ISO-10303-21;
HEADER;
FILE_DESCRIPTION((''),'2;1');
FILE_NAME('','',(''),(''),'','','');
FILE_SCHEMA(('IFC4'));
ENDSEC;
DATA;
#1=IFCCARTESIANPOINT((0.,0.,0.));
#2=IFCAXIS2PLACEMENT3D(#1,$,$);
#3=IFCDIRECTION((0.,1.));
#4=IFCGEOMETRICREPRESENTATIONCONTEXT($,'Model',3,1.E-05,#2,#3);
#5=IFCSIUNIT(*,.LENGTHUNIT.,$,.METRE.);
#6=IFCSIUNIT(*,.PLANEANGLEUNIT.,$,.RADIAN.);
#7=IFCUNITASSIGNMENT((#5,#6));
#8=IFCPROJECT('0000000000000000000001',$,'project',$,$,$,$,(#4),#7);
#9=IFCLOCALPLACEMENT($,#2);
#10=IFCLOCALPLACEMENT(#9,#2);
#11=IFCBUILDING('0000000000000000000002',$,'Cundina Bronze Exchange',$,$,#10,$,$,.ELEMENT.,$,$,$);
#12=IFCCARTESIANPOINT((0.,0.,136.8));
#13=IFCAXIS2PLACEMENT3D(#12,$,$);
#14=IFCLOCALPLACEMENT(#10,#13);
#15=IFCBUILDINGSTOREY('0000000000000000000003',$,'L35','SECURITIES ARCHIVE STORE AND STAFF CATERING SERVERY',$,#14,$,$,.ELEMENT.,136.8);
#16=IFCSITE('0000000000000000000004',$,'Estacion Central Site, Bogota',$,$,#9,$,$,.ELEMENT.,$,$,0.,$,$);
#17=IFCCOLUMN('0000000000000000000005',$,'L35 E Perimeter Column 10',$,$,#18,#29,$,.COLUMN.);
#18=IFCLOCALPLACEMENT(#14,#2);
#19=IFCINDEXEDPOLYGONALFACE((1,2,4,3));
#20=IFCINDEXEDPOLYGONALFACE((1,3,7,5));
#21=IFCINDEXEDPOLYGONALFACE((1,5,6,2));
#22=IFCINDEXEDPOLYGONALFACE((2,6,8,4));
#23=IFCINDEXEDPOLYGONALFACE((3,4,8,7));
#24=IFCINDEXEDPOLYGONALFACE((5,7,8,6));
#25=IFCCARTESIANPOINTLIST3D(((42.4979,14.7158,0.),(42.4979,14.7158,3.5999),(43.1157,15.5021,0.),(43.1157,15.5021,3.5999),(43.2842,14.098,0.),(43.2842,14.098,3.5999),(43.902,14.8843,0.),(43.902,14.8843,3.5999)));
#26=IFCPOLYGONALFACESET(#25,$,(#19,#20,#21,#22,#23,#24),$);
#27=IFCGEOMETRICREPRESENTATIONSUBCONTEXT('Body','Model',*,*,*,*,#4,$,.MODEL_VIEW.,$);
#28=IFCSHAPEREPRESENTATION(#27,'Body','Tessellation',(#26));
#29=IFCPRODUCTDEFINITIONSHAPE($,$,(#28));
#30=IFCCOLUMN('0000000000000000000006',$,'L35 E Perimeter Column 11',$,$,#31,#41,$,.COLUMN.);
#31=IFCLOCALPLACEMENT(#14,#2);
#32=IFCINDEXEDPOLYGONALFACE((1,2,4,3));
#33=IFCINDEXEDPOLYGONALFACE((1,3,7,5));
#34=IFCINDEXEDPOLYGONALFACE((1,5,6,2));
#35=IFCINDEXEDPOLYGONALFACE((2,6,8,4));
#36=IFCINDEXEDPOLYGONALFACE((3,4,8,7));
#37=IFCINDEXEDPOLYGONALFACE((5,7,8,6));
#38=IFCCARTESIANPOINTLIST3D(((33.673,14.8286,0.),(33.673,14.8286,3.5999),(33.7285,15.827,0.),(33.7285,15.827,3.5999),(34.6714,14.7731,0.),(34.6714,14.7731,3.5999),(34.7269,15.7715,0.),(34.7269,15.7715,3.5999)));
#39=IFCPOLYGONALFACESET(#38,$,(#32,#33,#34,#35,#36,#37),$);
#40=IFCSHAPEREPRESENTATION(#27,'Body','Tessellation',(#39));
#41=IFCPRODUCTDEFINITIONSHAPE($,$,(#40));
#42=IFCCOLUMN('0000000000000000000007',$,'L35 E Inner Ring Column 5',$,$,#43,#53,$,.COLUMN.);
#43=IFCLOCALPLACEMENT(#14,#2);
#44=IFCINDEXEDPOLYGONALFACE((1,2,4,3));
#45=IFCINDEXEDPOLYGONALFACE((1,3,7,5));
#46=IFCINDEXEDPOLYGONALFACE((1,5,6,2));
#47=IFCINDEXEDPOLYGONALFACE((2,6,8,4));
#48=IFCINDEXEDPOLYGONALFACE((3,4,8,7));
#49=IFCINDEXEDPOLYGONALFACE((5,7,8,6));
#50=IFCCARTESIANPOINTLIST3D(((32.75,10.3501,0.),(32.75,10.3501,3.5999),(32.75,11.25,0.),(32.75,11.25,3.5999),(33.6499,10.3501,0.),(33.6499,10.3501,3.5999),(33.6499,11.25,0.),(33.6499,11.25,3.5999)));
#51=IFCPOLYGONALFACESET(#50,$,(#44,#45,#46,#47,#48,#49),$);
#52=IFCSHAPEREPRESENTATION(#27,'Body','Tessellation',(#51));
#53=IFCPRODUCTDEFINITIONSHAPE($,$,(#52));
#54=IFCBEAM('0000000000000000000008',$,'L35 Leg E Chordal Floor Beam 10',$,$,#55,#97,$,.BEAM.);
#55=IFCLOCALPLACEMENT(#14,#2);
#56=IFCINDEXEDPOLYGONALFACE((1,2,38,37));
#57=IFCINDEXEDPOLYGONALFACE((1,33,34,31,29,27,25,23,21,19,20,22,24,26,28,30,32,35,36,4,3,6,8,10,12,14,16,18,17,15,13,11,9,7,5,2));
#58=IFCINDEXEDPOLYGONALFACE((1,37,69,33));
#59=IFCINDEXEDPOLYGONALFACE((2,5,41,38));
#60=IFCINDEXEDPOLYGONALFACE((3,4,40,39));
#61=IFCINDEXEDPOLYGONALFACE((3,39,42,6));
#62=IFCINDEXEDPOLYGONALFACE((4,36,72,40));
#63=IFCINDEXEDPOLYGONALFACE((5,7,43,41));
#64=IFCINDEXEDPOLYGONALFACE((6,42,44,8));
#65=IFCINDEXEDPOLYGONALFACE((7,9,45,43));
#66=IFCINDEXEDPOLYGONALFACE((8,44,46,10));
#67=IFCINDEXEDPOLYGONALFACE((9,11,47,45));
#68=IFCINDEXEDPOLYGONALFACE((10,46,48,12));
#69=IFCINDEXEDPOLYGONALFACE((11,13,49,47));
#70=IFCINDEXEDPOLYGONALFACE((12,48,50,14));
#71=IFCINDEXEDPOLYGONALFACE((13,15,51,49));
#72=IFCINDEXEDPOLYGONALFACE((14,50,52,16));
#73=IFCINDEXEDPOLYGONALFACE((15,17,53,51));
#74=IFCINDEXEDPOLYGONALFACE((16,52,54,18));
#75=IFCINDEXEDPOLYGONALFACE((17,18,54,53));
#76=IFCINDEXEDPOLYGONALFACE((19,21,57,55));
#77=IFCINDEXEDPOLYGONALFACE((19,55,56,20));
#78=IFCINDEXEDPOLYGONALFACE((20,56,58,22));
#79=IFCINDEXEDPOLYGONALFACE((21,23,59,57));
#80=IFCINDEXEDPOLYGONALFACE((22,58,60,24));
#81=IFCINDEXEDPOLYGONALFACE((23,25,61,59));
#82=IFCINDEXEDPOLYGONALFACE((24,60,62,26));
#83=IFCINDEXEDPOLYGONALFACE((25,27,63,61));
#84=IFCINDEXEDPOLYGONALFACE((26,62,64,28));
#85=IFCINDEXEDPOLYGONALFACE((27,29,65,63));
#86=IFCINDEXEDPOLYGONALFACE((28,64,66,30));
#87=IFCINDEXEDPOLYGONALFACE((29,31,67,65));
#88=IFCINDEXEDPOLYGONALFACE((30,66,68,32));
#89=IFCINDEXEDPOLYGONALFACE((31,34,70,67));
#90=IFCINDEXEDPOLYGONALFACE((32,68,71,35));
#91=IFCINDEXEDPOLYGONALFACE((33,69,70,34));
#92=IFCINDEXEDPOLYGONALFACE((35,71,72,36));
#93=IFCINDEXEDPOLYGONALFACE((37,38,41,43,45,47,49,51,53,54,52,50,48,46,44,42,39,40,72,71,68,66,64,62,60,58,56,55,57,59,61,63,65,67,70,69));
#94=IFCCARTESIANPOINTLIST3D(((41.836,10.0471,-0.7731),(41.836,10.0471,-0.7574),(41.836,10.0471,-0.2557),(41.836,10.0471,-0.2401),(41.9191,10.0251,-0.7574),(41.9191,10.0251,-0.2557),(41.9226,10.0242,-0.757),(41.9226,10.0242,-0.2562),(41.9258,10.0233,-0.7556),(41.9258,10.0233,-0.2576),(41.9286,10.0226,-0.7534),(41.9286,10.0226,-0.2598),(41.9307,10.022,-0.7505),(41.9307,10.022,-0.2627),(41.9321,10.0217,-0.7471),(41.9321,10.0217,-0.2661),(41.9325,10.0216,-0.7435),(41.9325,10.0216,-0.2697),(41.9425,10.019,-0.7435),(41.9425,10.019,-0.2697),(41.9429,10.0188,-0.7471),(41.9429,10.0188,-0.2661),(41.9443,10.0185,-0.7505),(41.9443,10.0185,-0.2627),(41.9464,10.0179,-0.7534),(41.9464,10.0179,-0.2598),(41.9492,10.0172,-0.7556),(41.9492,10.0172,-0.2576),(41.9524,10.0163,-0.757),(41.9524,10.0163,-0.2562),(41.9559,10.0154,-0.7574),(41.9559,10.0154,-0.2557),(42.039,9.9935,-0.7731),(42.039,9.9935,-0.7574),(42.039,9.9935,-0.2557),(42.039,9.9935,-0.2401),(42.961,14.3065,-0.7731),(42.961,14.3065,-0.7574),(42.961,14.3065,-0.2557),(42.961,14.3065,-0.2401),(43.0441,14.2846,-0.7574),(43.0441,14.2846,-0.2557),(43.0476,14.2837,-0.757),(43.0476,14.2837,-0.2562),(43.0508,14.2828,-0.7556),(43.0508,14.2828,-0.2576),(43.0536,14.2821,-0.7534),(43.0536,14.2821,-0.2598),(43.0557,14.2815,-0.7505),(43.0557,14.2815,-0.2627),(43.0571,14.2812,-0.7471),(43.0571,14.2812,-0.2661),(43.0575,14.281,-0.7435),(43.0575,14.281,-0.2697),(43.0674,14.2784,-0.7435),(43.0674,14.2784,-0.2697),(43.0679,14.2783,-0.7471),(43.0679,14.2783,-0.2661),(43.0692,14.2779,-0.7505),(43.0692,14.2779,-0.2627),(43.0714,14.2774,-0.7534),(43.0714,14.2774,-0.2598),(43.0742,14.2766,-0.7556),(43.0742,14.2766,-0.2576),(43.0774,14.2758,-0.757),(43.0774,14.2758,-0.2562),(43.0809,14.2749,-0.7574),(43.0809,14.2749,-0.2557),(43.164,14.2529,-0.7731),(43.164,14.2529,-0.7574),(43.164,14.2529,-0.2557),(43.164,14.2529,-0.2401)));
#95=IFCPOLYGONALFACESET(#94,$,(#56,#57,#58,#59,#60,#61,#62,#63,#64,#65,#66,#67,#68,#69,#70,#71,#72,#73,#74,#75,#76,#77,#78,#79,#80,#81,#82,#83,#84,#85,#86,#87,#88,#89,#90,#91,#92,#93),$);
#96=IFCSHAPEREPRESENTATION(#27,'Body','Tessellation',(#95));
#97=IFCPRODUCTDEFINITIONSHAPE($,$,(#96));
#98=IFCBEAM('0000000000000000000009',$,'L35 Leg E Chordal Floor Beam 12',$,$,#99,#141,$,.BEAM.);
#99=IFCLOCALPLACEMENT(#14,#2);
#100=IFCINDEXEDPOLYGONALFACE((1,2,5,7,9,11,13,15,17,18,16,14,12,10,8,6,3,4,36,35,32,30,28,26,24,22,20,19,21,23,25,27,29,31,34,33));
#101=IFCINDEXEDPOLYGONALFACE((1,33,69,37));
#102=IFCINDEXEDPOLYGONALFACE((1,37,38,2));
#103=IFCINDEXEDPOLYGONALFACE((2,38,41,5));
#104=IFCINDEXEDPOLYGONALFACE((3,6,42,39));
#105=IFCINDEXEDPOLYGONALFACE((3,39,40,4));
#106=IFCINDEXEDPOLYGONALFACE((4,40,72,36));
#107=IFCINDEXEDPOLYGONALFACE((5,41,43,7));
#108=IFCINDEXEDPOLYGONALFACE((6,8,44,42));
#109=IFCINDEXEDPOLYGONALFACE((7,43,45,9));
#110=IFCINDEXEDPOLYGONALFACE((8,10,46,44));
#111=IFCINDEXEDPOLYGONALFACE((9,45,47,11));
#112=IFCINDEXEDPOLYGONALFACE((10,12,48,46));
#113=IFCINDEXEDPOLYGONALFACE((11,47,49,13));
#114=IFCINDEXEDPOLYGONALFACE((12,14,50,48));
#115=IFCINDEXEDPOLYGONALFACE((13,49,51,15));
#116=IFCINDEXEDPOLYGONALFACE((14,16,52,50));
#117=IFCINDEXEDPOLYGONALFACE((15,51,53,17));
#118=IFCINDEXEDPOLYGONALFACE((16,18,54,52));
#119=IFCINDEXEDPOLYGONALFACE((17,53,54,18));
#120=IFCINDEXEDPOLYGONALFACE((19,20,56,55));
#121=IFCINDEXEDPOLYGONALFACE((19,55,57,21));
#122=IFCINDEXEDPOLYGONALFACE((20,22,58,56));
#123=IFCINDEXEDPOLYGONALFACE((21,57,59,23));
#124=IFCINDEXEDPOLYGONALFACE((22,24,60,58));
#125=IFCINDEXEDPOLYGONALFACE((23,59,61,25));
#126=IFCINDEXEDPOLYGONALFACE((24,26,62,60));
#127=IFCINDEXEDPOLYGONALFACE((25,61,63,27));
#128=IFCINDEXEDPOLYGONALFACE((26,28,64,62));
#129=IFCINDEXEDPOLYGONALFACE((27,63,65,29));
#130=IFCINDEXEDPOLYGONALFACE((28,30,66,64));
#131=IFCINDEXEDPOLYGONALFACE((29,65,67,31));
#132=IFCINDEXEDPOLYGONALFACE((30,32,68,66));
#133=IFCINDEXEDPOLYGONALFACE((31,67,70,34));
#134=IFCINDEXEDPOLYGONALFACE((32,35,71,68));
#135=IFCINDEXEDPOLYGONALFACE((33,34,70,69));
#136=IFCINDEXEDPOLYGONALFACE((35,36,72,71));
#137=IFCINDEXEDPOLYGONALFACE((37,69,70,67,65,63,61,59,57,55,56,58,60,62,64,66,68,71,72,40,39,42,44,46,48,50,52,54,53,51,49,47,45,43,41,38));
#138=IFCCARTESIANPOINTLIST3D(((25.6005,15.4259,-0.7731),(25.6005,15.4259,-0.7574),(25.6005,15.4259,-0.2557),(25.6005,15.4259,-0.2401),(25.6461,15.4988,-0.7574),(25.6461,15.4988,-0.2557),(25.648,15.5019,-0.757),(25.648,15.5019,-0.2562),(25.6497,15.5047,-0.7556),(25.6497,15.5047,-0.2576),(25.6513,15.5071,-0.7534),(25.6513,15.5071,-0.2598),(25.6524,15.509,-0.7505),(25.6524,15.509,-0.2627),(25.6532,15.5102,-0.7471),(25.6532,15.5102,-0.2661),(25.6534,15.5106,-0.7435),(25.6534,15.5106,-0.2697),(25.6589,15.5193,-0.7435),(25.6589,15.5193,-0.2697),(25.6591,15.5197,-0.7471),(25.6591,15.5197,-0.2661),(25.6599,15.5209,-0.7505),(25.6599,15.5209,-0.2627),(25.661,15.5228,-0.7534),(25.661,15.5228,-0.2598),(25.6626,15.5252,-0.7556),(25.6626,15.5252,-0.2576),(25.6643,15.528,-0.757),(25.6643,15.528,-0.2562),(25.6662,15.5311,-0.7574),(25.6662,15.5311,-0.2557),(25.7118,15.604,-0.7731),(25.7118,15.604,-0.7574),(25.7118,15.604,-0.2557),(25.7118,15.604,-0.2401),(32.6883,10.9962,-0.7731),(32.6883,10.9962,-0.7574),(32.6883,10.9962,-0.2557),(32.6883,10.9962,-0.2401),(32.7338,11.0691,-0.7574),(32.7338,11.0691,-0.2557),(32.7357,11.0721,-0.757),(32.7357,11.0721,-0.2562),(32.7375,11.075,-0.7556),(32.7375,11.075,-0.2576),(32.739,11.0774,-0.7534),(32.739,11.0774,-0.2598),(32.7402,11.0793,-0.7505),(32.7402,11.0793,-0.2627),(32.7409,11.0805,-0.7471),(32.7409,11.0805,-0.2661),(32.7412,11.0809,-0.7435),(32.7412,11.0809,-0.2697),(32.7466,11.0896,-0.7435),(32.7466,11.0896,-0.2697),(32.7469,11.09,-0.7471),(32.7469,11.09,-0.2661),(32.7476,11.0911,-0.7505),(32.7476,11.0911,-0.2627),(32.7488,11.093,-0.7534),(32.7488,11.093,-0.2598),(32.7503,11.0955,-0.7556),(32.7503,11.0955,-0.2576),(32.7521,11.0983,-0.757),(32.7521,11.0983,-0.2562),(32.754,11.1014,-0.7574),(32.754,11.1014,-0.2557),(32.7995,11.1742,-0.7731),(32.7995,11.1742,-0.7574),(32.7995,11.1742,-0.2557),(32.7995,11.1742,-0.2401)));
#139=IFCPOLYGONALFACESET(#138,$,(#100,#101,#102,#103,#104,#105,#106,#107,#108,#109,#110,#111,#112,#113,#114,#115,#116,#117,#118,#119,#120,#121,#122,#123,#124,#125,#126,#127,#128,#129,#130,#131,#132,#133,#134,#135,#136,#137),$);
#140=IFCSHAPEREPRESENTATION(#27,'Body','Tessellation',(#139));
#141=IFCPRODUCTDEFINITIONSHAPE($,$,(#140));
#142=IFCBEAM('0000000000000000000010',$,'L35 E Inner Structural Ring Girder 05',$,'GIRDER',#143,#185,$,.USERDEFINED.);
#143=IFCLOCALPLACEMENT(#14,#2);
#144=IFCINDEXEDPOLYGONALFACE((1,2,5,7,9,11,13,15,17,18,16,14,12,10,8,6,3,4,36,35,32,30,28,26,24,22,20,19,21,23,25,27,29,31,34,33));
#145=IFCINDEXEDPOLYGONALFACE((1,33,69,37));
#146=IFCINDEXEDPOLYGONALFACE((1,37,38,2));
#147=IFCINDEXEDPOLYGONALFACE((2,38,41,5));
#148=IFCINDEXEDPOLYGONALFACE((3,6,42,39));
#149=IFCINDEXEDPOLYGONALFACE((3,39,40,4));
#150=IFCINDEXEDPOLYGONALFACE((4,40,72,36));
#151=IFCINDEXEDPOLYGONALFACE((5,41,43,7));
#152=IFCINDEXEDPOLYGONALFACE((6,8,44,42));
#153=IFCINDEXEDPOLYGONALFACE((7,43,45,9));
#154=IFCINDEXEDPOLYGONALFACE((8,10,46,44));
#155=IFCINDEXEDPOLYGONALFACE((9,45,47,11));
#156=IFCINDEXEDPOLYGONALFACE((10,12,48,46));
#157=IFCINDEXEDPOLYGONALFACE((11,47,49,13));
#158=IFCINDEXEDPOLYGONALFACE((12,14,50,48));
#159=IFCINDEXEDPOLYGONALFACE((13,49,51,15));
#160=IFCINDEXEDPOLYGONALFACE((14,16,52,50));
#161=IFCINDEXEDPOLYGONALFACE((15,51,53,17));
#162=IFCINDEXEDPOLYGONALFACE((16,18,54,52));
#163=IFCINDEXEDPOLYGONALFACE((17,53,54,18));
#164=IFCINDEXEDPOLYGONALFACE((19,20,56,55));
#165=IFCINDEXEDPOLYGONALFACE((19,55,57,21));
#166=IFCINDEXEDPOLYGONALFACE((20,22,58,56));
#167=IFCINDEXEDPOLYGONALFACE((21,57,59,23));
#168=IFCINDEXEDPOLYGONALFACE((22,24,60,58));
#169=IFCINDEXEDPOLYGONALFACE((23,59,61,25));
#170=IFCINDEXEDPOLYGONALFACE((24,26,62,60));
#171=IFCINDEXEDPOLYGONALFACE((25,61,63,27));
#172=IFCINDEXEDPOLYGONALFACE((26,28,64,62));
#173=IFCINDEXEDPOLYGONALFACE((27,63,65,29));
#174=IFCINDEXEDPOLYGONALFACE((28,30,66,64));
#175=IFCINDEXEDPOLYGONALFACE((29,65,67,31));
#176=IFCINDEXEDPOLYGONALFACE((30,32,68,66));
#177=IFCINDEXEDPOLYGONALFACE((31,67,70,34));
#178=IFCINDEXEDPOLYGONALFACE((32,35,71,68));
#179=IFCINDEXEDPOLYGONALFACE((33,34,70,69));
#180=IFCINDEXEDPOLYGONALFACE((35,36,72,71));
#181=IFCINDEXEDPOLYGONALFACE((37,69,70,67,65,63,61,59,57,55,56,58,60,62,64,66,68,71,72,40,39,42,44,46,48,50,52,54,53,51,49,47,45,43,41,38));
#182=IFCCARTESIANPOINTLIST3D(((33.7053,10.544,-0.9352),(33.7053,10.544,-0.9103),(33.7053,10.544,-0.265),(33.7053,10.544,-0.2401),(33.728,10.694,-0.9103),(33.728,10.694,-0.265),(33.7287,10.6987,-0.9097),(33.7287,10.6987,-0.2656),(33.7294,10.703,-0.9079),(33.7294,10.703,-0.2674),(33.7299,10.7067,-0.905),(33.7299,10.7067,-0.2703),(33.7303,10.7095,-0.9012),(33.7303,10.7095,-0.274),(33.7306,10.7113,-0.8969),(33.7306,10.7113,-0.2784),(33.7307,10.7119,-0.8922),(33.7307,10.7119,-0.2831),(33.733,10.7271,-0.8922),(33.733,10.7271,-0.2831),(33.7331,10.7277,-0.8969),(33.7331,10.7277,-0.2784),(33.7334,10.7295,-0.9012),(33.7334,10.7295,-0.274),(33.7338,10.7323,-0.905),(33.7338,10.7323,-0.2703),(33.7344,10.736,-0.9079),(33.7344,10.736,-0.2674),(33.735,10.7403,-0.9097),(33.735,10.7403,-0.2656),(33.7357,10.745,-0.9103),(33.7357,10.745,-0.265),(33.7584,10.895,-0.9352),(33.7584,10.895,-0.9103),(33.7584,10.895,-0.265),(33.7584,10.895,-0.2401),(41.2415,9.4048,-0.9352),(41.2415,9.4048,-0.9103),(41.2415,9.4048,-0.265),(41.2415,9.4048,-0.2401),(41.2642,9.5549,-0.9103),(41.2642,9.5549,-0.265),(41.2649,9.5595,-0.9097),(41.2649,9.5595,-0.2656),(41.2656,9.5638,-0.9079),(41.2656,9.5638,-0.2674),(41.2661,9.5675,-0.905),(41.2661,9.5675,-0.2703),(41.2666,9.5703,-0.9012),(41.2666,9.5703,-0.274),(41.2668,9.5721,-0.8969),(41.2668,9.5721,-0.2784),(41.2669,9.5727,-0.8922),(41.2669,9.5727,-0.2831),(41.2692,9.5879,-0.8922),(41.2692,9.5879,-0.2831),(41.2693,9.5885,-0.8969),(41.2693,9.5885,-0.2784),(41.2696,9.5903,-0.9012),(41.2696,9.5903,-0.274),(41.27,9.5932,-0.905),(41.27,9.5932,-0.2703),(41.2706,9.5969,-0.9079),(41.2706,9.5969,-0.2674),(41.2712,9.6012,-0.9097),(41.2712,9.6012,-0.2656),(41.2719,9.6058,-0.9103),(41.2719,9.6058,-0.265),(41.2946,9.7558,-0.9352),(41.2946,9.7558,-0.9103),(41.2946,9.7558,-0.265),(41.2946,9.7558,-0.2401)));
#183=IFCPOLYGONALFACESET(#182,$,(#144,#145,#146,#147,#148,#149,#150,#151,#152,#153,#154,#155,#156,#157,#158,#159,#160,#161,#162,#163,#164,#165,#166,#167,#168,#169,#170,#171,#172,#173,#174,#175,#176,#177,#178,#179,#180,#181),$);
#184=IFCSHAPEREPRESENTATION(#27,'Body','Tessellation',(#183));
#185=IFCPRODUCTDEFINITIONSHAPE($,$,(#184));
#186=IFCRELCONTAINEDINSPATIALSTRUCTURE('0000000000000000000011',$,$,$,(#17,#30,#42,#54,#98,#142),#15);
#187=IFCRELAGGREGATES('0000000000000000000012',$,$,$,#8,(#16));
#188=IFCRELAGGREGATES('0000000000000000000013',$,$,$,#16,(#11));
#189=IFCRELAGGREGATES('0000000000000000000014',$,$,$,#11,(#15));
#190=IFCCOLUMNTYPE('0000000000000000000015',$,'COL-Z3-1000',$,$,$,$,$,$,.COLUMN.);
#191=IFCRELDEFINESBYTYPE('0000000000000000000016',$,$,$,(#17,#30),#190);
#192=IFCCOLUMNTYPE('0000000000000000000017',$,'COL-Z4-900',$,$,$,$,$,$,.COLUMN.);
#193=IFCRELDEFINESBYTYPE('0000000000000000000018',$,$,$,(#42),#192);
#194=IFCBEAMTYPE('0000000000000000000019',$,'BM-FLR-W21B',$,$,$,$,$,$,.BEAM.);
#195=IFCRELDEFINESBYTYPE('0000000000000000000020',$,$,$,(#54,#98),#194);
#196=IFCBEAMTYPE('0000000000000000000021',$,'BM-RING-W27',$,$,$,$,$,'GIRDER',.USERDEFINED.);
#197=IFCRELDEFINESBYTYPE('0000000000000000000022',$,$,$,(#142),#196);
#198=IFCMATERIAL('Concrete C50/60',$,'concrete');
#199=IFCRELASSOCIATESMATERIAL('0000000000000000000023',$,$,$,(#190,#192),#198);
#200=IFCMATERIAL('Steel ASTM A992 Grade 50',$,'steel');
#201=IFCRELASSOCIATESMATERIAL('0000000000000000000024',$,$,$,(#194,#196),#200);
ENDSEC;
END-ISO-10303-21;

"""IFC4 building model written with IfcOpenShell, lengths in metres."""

from ifc_helpers import new_model, si_unit, direction, frame, origin, origin_2d, place, context, subcontext, project, spatial, rectangle, i_section, extrude, material, material_profile, profile_set, type_object, element, save


model = new_model("IFC4")

# Units and contexts
model_context = context("Model", 3, precision=1e-05, world=origin(), true_north=direction((0.0, 1.0)))
body_context = subcontext(model_context, "Body", "Model", "MODEL_VIEW")
ifc_project = project(units=[si_unit("LENGTHUNIT", "METRE"), si_unit("PLANEANGLEUNIT", "RADIAN")], contexts=[model_context])

# Site, building, storey
site_placement = place(None, origin())
site = spatial("IfcSite", under=ifc_project, at=site_placement, Name="Estacion Central Site, Bogota", CompositionType="ELEMENT", RefElevation=0.0)
building_placement = place(site_placement, origin())
building = spatial("IfcBuilding", under=site, at=building_placement, Name="Cundina Bronze Exchange", CompositionType="ELEMENT")
storey_placement = place(building_placement, frame((0.0, 0.0, 136.8)))
storey = spatial("IfcBuildingStorey", under=building, at=storey_placement, Name="L35", Description="SECURITIES ARCHIVE STORE AND STAFF CATERING SERVERY", CompositionType="ELEMENT", Elevation=136.8)

# Columns
ifc_material_1 = material(Name="Concrete C50/60", Category="concrete")
ifc_material_profile_1 = material_profile(ifc_material_1, rectangle(XDim=1.0, YDim=1.0, at=origin_2d()), Name="RC1000X1000", Category="concrete")
ifc_profile_set_1 = profile_set([ifc_material_profile_1], Name="Concrete C50/60")
column_type_1 = type_object("IfcColumnType", Name="COL-Z3-1000", PredefinedType="COLUMN", material=ifc_profile_set_1)
for number, where, z_axis, x_axis, name in (
    (1, (43.2, 14.8, 0.0), (0.0, 0.0, 1.0), (-0.786288, 0.61786, 0.0), "L35 E Perimeter Column 10"),
    (2, (34.2, 15.3, 0.0), (0.0, 0.0, 1.0), (-0.99846, 0.055473, 0.0), "L35 E Perimeter Column 11"),
):
    element("IfcColumn", number, at=place(storey_placement, frame(where, z_axis=z_axis, x_axis=x_axis)), inside=storey, type_object=column_type_1, Name=name, PredefinedType="COLUMN", context=body_context, shape_type="SweptSolid", body=[
        extrude(rectangle(XDim=1.0, YDim=1.0, at=origin_2d()), origin(), (0.0, 0.0, 1.0), 3.5999),
    ])
ifc_material_profile_2 = material_profile(ifc_material_1, rectangle(XDim=0.8999, YDim=0.8999, at=origin_2d()), Name="RC900X900", Category="concrete")
ifc_profile_set_2 = profile_set([ifc_material_profile_2], Name="Concrete C50/60")
column_type_2 = type_object("IfcColumnType", Name="COL-Z4-900", PredefinedType="COLUMN", material=ifc_profile_set_2)
column_placement = place(storey_placement, frame((33.2, 10.8, 0.0), z_axis=(0.0, 0.0, 1.0), x_axis=(1.0, 0.0, 0.0)))
element("IfcColumn", 3, at=column_placement, inside=storey, type_object=column_type_2, Name="L35 E Inner Ring Column 5", PredefinedType="COLUMN", context=body_context, shape_type="SweptSolid", body=[
    extrude(rectangle(XDim=0.8999, YDim=0.8999, at=origin_2d()), origin(), (0.0, 0.0, 1.0), 3.5999),
])

# Beams
ifc_material_2 = material(Name="Steel ASTM A992 Grade 50", Category="steel")
ifc_material_profile_3 = material_profile(ifc_material_2, i_section(OverallWidth=0.21, OverallDepth=0.533, WebThickness=0.0103, FlangeThickness=0.0156, FilletRadius=0.0139, at=origin_2d()), Name="W21X62", Category="steel")
ifc_profile_set_3 = profile_set([ifc_material_profile_3], Name="Steel ASTM A992 Grade 50")
beam_type_1 = type_object("IfcBeamType", Name="BM-FLR-W21B", PredefinedType="BEAM", material=ifc_profile_set_3)
beam_1_placement = place(storey_placement, frame((41.9375, 10.0203, -0.5066), z_axis=(0.255358, 0.966847, 0.0), x_axis=(-0.966847, 0.255358, 0.0)))
element("IfcBeam", 4, at=beam_1_placement, inside=storey, type_object=beam_type_1, Name="L35 Leg E Chordal Floor Beam 10", PredefinedType="BEAM", context=body_context, shape_type="SweptSolid", body=[
    extrude(i_section(OverallWidth=0.21, OverallDepth=0.533, WebThickness=0.0103, FlangeThickness=0.0156, FilletRadius=0.0139, at=origin_2d()), origin(), (0.0, 0.0, 1.0), 4.4055),
])
beam_2_placement = place(storey_placement, frame((32.7439, 11.0852, -0.5066), z_axis=(-0.848003, 0.529991, 0.0), x_axis=(-0.529991, -0.848003, 0.0)))
element("IfcBeam", 5, at=beam_2_placement, inside=storey, type_object=beam_type_1, Name="L35 Leg E Chordal Floor Beam 12", PredefinedType="BEAM", context=body_context, shape_type="SweptSolid", body=[
    extrude(i_section(OverallWidth=0.21, OverallDepth=0.533, WebThickness=0.0103, FlangeThickness=0.0156, FilletRadius=0.0139, at=origin_2d()), origin(), (0.0, 0.0, 1.0), 8.3582),
])
ifc_material_profile_4 = material_profile(ifc_material_2, i_section(OverallWidth=0.355, OverallDepth=0.6951, WebThickness=0.0154, FlangeThickness=0.0249, FilletRadius=0.0181, at=origin_2d()), Name="W27X146", Category="steel")
ifc_profile_set_4 = profile_set([ifc_material_profile_4], Name="Steel ASTM A992 Grade 50")
beam_type_2 = type_object("IfcBeamType", Name="BM-RING-W27", ElementType="GIRDER", PredefinedType="USERDEFINED", material=ifc_profile_set_4)
beam_3_placement = place(storey_placement, frame((41.2681, 9.5803, -0.5876), z_axis=(-0.988767, 0.149462, 0.0), x_axis=(-0.149462, -0.988767, 0.0)))
element("IfcBeam", 6, at=beam_3_placement, inside=storey, type_object=beam_type_2, Name="L35 E Inner Structural Ring Girder 05", ObjectType="GIRDER", PredefinedType="USERDEFINED", context=body_context, shape_type="SweptSolid", body=[
    extrude(i_section(OverallWidth=0.355, OverallDepth=0.6951, WebThickness=0.0154, FlangeThickness=0.0249, FilletRadius=0.0181, at=origin_2d()), origin(), (0.0, 0.0, 1.0), 7.6218),
])

save(model, "model.ifc")
